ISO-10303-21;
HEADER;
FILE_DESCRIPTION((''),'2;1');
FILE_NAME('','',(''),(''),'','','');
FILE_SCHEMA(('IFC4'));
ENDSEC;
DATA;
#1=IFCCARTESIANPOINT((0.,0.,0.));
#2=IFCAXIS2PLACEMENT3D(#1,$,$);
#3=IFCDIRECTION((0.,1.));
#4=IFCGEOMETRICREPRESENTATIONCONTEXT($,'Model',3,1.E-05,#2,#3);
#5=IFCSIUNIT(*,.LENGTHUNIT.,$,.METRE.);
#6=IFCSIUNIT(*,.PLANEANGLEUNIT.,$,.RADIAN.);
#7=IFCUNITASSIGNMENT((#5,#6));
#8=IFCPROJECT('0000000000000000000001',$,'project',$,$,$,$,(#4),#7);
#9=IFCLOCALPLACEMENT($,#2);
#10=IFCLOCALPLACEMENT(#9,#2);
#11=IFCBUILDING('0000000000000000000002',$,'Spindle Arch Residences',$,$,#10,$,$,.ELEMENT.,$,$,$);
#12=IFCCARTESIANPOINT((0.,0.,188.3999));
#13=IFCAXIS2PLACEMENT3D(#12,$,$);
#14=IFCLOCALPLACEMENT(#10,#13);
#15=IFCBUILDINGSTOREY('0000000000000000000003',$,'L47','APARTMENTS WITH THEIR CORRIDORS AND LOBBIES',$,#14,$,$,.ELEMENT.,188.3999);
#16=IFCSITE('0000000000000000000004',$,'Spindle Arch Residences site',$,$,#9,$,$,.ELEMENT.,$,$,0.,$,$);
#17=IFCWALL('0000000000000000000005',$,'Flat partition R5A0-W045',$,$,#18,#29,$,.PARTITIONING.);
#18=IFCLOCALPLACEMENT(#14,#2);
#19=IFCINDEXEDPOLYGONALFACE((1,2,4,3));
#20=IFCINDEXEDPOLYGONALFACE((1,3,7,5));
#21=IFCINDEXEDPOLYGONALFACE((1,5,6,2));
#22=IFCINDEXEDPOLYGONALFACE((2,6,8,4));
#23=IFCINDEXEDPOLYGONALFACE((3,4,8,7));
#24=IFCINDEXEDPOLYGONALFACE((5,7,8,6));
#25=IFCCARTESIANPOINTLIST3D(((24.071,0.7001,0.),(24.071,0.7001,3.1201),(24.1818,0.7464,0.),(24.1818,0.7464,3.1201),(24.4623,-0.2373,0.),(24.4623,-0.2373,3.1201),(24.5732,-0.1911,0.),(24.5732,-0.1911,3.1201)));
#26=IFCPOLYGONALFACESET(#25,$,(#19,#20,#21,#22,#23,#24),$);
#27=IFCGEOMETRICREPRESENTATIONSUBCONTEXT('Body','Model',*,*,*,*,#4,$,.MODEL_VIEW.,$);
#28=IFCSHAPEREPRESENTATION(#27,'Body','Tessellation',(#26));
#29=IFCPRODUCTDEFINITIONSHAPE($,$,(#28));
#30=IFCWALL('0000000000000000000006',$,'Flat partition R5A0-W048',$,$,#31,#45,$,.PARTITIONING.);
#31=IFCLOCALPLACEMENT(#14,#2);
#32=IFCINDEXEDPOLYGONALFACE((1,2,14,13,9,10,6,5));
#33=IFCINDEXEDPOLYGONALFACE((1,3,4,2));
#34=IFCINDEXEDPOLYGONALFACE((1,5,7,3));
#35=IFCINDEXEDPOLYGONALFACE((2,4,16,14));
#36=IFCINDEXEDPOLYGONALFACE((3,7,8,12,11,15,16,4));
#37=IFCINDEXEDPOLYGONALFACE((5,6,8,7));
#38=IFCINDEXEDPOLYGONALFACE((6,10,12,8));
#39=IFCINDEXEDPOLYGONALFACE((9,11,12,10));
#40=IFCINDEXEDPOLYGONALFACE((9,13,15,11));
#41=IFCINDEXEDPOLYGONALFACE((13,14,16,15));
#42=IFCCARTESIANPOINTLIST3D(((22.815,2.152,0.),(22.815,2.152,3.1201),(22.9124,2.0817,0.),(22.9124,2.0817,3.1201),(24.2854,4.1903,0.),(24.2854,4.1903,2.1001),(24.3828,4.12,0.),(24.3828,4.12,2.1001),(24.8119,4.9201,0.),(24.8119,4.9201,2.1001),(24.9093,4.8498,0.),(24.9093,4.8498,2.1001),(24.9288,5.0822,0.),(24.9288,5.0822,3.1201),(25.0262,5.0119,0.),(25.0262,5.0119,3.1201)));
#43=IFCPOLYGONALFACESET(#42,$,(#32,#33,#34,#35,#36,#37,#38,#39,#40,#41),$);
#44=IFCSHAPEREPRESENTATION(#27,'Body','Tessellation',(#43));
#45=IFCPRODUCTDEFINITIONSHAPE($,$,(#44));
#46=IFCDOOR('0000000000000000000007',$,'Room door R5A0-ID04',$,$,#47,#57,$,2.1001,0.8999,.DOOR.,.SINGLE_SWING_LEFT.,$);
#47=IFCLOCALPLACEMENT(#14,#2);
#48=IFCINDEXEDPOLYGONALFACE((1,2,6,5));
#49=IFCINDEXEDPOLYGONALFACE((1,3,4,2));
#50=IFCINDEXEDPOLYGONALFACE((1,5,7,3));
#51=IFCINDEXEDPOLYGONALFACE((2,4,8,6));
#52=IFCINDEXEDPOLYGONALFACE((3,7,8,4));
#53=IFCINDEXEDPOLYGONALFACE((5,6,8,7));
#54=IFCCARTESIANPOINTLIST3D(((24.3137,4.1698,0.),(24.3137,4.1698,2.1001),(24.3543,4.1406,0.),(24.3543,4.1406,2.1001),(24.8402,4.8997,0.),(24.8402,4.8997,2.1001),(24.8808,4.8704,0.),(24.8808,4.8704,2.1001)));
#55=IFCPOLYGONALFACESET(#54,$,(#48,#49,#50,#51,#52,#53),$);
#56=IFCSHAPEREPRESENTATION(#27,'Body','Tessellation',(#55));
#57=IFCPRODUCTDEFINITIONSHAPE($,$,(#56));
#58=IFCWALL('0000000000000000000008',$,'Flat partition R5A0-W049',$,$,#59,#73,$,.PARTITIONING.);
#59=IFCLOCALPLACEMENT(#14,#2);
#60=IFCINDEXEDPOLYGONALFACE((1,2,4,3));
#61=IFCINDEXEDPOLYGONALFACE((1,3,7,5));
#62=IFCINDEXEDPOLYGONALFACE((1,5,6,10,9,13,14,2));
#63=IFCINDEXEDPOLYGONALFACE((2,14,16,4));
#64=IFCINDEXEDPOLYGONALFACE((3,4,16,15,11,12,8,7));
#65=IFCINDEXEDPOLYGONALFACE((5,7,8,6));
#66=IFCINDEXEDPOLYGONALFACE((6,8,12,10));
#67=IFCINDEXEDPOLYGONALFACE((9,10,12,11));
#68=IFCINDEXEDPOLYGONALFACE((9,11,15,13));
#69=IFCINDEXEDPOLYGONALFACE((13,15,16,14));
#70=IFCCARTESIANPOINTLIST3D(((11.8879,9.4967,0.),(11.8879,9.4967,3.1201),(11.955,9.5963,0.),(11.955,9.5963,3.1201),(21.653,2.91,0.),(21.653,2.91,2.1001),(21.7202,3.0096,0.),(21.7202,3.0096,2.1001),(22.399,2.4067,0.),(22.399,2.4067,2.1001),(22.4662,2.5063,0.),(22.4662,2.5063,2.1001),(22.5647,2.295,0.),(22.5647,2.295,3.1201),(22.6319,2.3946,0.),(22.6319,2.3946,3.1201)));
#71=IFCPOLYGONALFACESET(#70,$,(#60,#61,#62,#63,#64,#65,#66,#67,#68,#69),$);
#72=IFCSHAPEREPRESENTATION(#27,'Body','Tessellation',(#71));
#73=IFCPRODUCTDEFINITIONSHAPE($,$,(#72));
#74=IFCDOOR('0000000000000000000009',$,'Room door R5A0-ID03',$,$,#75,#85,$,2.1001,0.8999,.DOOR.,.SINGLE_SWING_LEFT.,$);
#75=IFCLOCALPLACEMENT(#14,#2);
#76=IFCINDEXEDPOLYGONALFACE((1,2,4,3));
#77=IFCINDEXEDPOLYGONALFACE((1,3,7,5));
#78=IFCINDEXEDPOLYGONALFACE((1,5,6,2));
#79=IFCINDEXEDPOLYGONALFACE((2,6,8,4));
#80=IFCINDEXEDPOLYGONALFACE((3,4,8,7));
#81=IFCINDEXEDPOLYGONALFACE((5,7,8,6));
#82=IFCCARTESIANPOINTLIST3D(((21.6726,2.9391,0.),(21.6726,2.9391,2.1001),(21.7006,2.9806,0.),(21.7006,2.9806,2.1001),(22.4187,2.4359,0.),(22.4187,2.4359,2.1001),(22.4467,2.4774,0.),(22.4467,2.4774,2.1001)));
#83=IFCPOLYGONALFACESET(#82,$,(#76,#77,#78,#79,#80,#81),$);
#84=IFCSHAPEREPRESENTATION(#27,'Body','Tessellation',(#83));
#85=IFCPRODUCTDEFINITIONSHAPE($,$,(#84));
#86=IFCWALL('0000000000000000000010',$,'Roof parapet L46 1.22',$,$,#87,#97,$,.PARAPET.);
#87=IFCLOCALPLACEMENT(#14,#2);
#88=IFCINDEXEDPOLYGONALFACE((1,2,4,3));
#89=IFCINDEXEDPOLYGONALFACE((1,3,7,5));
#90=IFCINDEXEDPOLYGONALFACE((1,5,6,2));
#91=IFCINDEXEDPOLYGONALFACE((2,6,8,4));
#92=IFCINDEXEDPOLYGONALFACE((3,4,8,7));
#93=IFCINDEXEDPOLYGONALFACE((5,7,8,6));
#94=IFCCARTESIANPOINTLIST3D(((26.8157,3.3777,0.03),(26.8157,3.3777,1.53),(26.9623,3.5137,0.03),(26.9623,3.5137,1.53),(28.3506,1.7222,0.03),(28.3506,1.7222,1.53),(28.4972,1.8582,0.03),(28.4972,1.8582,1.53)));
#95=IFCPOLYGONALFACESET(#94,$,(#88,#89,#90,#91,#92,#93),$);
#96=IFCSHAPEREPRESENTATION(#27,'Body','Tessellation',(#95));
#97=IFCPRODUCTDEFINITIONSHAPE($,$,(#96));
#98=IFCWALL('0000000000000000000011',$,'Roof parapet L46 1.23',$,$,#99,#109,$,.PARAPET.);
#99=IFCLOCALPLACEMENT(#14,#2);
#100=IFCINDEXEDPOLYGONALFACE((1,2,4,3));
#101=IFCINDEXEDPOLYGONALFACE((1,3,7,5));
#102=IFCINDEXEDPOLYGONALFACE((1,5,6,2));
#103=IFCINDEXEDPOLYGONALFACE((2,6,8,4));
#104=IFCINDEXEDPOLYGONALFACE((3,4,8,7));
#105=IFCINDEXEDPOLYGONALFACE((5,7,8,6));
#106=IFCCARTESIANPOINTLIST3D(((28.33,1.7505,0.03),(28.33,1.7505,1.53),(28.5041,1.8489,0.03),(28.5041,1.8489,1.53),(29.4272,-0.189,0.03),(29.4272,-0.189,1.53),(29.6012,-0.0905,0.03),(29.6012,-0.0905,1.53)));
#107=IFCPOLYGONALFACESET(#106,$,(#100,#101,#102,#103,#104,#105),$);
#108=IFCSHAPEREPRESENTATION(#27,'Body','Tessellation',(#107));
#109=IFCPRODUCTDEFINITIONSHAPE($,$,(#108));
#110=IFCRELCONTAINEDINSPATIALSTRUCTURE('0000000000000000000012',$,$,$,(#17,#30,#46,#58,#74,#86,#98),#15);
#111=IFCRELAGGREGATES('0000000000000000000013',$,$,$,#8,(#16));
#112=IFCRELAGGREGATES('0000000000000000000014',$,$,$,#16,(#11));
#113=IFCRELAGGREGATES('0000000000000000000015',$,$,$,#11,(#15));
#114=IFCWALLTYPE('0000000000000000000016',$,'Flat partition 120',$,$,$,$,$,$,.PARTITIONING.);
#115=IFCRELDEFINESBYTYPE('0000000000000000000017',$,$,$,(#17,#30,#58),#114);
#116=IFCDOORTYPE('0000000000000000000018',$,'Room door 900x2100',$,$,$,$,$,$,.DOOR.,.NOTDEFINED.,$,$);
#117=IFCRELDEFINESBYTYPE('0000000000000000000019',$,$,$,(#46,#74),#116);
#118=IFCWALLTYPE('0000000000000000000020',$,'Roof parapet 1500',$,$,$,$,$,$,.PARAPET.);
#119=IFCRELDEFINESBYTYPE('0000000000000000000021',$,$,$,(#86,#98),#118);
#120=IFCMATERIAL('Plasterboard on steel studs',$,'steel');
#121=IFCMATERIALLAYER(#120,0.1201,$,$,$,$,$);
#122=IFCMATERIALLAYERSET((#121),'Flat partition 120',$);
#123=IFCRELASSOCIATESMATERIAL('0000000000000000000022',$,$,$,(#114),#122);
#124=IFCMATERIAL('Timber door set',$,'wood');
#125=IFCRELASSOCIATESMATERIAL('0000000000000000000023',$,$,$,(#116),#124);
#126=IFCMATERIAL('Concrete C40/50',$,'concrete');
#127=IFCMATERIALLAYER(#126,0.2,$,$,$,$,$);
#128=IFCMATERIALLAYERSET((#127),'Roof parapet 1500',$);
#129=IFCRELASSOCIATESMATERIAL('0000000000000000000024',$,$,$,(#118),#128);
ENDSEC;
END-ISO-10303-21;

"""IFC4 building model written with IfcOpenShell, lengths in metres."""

from ifc_helpers import new_model, si_unit, direction, frame, frame_2d, origin, place, context, subcontext, project, spatial, rectangle, extrude, material, layer, layer_set, type_object, element, fill, save


model = new_model("IFC4")

# Units and contexts
model_context = context("Model", 3, precision=1e-05, world=origin(), true_north=direction((0.0, 1.0)))
body_context = subcontext(model_context, "Body", "Model", "MODEL_VIEW")
ifc_project = project(units=[si_unit("LENGTHUNIT", "METRE"), si_unit("PLANEANGLEUNIT", "RADIAN")], contexts=[model_context])

# Site, building, storey
site_placement = place(None, origin())
site = spatial("IfcSite", under=ifc_project, at=site_placement, Name="Spindle Arch Residences site", CompositionType="ELEMENT", RefElevation=0.0)
building_placement = place(site_placement, origin())
building = spatial("IfcBuilding", under=site, at=building_placement, Name="Spindle Arch Residences", CompositionType="ELEMENT")
storey_placement = place(building_placement, frame((0.0, 0.0, 188.3999)))
storey = spatial("IfcBuildingStorey", under=building, at=storey_placement, Name="L47", Description="APARTMENTS WITH THEIR CORRIDORS AND LOBBIES", CompositionType="ELEMENT", Elevation=188.3999)

# Wall
ifc_material_1 = material(Name="Plasterboard on steel studs", Category="steel")
ifc_layer_1 = layer(ifc_material_1, 0.1201)
ifc_layer_set_1 = layer_set([ifc_layer_1], Name="Flat partition 120")
wall_type_1 = type_object("IfcWallType", Name="Flat partition 120", PredefinedType="PARTITIONING", material=ifc_layer_set_1)
wall_1_placement = place(storey_placement, frame((24.1265, 0.7231, 0.0), z_axis=(0.0, 0.0, 1.0), x_axis=(0.38523, -0.922821, 0.0)))
element("IfcWall", 1, at=wall_1_placement, inside=storey, type_object=wall_type_1, Name="Flat partition R5A0-W045", PredefinedType="PARTITIONING", context=body_context, shape_type="SweptSolid", body=[
    extrude(rectangle(XDim=1.0159, YDim=0.1201, at=frame_2d((0.5078, 0.0))), origin(), (0.0, 0.0, 1.0), 3.1201),
])

# Walls, openings, doors
wall_2_placement = place(storey_placement, frame((24.9775, 5.0471, 0.0), z_axis=(0.0, 0.0, 1.0), x_axis=(-0.585041, -0.811003, 0.0)))
wall_2 = element("IfcWall", 2, at=wall_2_placement, inside=storey, type_object=wall_type_1, Name="Flat partition R5A0-W048", PredefinedType="PARTITIONING", context=body_context, shape_type="SweptSolid", body=[
    extrude(rectangle(XDim=3.613, YDim=0.1201, at=frame_2d((1.8066, 0.0))), origin(), (0.0, 0.0, 1.0), 3.1201),
])
opening_1_placement = place(wall_2_placement, frame((0.2, 0.0, 0.0)))
opening_1 = element("IfcOpeningElement", 3, at=opening_1_placement, cuts=wall_2, PredefinedType="OPENING", context=body_context, shape_type="SweptSolid", body=[
    extrude(rectangle(XDim=0.8999, YDim=2.1001, at=frame_2d((0.45, 1.05))), frame((0.0, 0.0701, 0.0), z_axis=(0.0, -1.0, 0.0), x_axis=(1.0, 0.0, 0.0)), (0.0, 0.0, 1.0), 0.1401),
])
ifc_material_2 = material(Name="Timber door set", Category="wood")
door_type = type_object("IfcDoorType", Name="Room door 900x2100", OperationType="NOTDEFINED", PredefinedType="DOOR", material=ifc_material_2)
door_1_placement = place(opening_1_placement, origin())
door_1 = element("IfcDoor", 4, at=door_1_placement, inside=storey, type_object=door_type, Name="Room door R5A0-ID04", OperationType="SINGLE_SWING_LEFT", OverallHeight=2.1001, OverallWidth=0.8999, PredefinedType="DOOR", context=body_context, shape_type="SweptSolid", body=[
    extrude(rectangle(XDim=0.8999, YDim=2.1001, at=frame_2d((0.45, 1.05))), frame((0.0, 0.0249, 0.0), z_axis=(0.0, -1.0, 0.0), x_axis=(1.0, 0.0, 0.0)), (0.0, 0.0, 1.0), 0.05),
])
fill(opening_1, door_1)
wall_3_placement = place(storey_placement, frame((22.5984, 2.3447, 0.0), z_axis=(0.0, 0.0, 1.0), x_axis=(-0.829034, 0.559198, 0.0)))
wall_3 = element("IfcWall", 5, at=wall_3_placement, inside=storey, type_object=wall_type_1, Name="Flat partition R5A0-W049", PredefinedType="PARTITIONING", context=body_context, shape_type="SweptSolid", body=[
    extrude(rectangle(XDim=12.8787, YDim=0.1201, at=frame_2d((6.4395, 0.0))), origin(), (0.0, 0.0, 1.0), 3.1201),
])
opening_2_placement = place(wall_3_placement, frame((0.2, 0.0, 0.0)))
opening_2 = element("IfcOpeningElement", 6, at=opening_2_placement, cuts=wall_3, PredefinedType="OPENING", context=body_context, shape_type="SweptSolid", body=[
    extrude(rectangle(XDim=0.8999, YDim=2.1001, at=frame_2d((0.45, 1.05))), frame((0.0, 0.0701, 0.0), z_axis=(0.0, -1.0, 0.0), x_axis=(1.0, 0.0, 0.0)), (0.0, 0.0, 1.0), 0.1401),
])
door_2_placement = place(opening_2_placement, origin())
door_2 = element("IfcDoor", 7, at=door_2_placement, inside=storey, type_object=door_type, Name="Room door R5A0-ID03", OperationType="SINGLE_SWING_LEFT", OverallHeight=2.1001, OverallWidth=0.8999, PredefinedType="DOOR", context=body_context, shape_type="SweptSolid", body=[
    extrude(rectangle(XDim=0.8999, YDim=2.1001, at=frame_2d((0.45, 1.05))), frame((0.0, 0.0249, 0.0), z_axis=(0.0, -1.0, 0.0), x_axis=(1.0, 0.0, 0.0)), (0.0, 0.0, 1.0), 0.05),
])
fill(opening_2, door_2)

# Walls
ifc_material_3 = material(Name="Concrete C40/50", Category="concrete")
ifc_layer_2 = layer(ifc_material_3, 0.2)
ifc_layer_set_2 = layer_set([ifc_layer_2], Name="Roof parapet 1500")
wall_type_2 = type_object("IfcWallType", Name="Roof parapet 1500", PredefinedType="PARAPET", material=ifc_layer_set_2)
wall_4_placement = place(storey_placement, frame((26.8889, 3.4458, 0.03), z_axis=(0.0, 0.0, 1.0), x_axis=(0.679891, -0.733313, 0.0)))
element("IfcWall", 8, at=wall_4_placement, inside=storey, type_object=wall_type_2, Name="Roof parapet L46 1.22", PredefinedType="PARAPET", context=body_context, shape_type="SweptSolid", body=[
    extrude(rectangle(XDim=2.2576, YDim=0.2, at=frame_2d((1.1289, 0.0))), origin(), (0.0, 0.0, 1.0), 1.5),
])
wall_5_placement = place(storey_placement, frame((28.417, 1.7998, 0.03), z_axis=(0.0, 0.0, 1.0), x_axis=(0.492382, -0.870379, 0.0)))
element("IfcWall", 9, at=wall_5_placement, inside=storey, type_object=wall_type_2, Name="Roof parapet L46 1.23", PredefinedType="PARAPET", context=body_context, shape_type="SweptSolid", body=[
    extrude(rectangle(XDim=2.2283, YDim=0.2, at=frame_2d((1.1143, 0.0))), origin(), (0.0, 0.0, 1.0), 1.5),
])

save(model, "model.ifc")
